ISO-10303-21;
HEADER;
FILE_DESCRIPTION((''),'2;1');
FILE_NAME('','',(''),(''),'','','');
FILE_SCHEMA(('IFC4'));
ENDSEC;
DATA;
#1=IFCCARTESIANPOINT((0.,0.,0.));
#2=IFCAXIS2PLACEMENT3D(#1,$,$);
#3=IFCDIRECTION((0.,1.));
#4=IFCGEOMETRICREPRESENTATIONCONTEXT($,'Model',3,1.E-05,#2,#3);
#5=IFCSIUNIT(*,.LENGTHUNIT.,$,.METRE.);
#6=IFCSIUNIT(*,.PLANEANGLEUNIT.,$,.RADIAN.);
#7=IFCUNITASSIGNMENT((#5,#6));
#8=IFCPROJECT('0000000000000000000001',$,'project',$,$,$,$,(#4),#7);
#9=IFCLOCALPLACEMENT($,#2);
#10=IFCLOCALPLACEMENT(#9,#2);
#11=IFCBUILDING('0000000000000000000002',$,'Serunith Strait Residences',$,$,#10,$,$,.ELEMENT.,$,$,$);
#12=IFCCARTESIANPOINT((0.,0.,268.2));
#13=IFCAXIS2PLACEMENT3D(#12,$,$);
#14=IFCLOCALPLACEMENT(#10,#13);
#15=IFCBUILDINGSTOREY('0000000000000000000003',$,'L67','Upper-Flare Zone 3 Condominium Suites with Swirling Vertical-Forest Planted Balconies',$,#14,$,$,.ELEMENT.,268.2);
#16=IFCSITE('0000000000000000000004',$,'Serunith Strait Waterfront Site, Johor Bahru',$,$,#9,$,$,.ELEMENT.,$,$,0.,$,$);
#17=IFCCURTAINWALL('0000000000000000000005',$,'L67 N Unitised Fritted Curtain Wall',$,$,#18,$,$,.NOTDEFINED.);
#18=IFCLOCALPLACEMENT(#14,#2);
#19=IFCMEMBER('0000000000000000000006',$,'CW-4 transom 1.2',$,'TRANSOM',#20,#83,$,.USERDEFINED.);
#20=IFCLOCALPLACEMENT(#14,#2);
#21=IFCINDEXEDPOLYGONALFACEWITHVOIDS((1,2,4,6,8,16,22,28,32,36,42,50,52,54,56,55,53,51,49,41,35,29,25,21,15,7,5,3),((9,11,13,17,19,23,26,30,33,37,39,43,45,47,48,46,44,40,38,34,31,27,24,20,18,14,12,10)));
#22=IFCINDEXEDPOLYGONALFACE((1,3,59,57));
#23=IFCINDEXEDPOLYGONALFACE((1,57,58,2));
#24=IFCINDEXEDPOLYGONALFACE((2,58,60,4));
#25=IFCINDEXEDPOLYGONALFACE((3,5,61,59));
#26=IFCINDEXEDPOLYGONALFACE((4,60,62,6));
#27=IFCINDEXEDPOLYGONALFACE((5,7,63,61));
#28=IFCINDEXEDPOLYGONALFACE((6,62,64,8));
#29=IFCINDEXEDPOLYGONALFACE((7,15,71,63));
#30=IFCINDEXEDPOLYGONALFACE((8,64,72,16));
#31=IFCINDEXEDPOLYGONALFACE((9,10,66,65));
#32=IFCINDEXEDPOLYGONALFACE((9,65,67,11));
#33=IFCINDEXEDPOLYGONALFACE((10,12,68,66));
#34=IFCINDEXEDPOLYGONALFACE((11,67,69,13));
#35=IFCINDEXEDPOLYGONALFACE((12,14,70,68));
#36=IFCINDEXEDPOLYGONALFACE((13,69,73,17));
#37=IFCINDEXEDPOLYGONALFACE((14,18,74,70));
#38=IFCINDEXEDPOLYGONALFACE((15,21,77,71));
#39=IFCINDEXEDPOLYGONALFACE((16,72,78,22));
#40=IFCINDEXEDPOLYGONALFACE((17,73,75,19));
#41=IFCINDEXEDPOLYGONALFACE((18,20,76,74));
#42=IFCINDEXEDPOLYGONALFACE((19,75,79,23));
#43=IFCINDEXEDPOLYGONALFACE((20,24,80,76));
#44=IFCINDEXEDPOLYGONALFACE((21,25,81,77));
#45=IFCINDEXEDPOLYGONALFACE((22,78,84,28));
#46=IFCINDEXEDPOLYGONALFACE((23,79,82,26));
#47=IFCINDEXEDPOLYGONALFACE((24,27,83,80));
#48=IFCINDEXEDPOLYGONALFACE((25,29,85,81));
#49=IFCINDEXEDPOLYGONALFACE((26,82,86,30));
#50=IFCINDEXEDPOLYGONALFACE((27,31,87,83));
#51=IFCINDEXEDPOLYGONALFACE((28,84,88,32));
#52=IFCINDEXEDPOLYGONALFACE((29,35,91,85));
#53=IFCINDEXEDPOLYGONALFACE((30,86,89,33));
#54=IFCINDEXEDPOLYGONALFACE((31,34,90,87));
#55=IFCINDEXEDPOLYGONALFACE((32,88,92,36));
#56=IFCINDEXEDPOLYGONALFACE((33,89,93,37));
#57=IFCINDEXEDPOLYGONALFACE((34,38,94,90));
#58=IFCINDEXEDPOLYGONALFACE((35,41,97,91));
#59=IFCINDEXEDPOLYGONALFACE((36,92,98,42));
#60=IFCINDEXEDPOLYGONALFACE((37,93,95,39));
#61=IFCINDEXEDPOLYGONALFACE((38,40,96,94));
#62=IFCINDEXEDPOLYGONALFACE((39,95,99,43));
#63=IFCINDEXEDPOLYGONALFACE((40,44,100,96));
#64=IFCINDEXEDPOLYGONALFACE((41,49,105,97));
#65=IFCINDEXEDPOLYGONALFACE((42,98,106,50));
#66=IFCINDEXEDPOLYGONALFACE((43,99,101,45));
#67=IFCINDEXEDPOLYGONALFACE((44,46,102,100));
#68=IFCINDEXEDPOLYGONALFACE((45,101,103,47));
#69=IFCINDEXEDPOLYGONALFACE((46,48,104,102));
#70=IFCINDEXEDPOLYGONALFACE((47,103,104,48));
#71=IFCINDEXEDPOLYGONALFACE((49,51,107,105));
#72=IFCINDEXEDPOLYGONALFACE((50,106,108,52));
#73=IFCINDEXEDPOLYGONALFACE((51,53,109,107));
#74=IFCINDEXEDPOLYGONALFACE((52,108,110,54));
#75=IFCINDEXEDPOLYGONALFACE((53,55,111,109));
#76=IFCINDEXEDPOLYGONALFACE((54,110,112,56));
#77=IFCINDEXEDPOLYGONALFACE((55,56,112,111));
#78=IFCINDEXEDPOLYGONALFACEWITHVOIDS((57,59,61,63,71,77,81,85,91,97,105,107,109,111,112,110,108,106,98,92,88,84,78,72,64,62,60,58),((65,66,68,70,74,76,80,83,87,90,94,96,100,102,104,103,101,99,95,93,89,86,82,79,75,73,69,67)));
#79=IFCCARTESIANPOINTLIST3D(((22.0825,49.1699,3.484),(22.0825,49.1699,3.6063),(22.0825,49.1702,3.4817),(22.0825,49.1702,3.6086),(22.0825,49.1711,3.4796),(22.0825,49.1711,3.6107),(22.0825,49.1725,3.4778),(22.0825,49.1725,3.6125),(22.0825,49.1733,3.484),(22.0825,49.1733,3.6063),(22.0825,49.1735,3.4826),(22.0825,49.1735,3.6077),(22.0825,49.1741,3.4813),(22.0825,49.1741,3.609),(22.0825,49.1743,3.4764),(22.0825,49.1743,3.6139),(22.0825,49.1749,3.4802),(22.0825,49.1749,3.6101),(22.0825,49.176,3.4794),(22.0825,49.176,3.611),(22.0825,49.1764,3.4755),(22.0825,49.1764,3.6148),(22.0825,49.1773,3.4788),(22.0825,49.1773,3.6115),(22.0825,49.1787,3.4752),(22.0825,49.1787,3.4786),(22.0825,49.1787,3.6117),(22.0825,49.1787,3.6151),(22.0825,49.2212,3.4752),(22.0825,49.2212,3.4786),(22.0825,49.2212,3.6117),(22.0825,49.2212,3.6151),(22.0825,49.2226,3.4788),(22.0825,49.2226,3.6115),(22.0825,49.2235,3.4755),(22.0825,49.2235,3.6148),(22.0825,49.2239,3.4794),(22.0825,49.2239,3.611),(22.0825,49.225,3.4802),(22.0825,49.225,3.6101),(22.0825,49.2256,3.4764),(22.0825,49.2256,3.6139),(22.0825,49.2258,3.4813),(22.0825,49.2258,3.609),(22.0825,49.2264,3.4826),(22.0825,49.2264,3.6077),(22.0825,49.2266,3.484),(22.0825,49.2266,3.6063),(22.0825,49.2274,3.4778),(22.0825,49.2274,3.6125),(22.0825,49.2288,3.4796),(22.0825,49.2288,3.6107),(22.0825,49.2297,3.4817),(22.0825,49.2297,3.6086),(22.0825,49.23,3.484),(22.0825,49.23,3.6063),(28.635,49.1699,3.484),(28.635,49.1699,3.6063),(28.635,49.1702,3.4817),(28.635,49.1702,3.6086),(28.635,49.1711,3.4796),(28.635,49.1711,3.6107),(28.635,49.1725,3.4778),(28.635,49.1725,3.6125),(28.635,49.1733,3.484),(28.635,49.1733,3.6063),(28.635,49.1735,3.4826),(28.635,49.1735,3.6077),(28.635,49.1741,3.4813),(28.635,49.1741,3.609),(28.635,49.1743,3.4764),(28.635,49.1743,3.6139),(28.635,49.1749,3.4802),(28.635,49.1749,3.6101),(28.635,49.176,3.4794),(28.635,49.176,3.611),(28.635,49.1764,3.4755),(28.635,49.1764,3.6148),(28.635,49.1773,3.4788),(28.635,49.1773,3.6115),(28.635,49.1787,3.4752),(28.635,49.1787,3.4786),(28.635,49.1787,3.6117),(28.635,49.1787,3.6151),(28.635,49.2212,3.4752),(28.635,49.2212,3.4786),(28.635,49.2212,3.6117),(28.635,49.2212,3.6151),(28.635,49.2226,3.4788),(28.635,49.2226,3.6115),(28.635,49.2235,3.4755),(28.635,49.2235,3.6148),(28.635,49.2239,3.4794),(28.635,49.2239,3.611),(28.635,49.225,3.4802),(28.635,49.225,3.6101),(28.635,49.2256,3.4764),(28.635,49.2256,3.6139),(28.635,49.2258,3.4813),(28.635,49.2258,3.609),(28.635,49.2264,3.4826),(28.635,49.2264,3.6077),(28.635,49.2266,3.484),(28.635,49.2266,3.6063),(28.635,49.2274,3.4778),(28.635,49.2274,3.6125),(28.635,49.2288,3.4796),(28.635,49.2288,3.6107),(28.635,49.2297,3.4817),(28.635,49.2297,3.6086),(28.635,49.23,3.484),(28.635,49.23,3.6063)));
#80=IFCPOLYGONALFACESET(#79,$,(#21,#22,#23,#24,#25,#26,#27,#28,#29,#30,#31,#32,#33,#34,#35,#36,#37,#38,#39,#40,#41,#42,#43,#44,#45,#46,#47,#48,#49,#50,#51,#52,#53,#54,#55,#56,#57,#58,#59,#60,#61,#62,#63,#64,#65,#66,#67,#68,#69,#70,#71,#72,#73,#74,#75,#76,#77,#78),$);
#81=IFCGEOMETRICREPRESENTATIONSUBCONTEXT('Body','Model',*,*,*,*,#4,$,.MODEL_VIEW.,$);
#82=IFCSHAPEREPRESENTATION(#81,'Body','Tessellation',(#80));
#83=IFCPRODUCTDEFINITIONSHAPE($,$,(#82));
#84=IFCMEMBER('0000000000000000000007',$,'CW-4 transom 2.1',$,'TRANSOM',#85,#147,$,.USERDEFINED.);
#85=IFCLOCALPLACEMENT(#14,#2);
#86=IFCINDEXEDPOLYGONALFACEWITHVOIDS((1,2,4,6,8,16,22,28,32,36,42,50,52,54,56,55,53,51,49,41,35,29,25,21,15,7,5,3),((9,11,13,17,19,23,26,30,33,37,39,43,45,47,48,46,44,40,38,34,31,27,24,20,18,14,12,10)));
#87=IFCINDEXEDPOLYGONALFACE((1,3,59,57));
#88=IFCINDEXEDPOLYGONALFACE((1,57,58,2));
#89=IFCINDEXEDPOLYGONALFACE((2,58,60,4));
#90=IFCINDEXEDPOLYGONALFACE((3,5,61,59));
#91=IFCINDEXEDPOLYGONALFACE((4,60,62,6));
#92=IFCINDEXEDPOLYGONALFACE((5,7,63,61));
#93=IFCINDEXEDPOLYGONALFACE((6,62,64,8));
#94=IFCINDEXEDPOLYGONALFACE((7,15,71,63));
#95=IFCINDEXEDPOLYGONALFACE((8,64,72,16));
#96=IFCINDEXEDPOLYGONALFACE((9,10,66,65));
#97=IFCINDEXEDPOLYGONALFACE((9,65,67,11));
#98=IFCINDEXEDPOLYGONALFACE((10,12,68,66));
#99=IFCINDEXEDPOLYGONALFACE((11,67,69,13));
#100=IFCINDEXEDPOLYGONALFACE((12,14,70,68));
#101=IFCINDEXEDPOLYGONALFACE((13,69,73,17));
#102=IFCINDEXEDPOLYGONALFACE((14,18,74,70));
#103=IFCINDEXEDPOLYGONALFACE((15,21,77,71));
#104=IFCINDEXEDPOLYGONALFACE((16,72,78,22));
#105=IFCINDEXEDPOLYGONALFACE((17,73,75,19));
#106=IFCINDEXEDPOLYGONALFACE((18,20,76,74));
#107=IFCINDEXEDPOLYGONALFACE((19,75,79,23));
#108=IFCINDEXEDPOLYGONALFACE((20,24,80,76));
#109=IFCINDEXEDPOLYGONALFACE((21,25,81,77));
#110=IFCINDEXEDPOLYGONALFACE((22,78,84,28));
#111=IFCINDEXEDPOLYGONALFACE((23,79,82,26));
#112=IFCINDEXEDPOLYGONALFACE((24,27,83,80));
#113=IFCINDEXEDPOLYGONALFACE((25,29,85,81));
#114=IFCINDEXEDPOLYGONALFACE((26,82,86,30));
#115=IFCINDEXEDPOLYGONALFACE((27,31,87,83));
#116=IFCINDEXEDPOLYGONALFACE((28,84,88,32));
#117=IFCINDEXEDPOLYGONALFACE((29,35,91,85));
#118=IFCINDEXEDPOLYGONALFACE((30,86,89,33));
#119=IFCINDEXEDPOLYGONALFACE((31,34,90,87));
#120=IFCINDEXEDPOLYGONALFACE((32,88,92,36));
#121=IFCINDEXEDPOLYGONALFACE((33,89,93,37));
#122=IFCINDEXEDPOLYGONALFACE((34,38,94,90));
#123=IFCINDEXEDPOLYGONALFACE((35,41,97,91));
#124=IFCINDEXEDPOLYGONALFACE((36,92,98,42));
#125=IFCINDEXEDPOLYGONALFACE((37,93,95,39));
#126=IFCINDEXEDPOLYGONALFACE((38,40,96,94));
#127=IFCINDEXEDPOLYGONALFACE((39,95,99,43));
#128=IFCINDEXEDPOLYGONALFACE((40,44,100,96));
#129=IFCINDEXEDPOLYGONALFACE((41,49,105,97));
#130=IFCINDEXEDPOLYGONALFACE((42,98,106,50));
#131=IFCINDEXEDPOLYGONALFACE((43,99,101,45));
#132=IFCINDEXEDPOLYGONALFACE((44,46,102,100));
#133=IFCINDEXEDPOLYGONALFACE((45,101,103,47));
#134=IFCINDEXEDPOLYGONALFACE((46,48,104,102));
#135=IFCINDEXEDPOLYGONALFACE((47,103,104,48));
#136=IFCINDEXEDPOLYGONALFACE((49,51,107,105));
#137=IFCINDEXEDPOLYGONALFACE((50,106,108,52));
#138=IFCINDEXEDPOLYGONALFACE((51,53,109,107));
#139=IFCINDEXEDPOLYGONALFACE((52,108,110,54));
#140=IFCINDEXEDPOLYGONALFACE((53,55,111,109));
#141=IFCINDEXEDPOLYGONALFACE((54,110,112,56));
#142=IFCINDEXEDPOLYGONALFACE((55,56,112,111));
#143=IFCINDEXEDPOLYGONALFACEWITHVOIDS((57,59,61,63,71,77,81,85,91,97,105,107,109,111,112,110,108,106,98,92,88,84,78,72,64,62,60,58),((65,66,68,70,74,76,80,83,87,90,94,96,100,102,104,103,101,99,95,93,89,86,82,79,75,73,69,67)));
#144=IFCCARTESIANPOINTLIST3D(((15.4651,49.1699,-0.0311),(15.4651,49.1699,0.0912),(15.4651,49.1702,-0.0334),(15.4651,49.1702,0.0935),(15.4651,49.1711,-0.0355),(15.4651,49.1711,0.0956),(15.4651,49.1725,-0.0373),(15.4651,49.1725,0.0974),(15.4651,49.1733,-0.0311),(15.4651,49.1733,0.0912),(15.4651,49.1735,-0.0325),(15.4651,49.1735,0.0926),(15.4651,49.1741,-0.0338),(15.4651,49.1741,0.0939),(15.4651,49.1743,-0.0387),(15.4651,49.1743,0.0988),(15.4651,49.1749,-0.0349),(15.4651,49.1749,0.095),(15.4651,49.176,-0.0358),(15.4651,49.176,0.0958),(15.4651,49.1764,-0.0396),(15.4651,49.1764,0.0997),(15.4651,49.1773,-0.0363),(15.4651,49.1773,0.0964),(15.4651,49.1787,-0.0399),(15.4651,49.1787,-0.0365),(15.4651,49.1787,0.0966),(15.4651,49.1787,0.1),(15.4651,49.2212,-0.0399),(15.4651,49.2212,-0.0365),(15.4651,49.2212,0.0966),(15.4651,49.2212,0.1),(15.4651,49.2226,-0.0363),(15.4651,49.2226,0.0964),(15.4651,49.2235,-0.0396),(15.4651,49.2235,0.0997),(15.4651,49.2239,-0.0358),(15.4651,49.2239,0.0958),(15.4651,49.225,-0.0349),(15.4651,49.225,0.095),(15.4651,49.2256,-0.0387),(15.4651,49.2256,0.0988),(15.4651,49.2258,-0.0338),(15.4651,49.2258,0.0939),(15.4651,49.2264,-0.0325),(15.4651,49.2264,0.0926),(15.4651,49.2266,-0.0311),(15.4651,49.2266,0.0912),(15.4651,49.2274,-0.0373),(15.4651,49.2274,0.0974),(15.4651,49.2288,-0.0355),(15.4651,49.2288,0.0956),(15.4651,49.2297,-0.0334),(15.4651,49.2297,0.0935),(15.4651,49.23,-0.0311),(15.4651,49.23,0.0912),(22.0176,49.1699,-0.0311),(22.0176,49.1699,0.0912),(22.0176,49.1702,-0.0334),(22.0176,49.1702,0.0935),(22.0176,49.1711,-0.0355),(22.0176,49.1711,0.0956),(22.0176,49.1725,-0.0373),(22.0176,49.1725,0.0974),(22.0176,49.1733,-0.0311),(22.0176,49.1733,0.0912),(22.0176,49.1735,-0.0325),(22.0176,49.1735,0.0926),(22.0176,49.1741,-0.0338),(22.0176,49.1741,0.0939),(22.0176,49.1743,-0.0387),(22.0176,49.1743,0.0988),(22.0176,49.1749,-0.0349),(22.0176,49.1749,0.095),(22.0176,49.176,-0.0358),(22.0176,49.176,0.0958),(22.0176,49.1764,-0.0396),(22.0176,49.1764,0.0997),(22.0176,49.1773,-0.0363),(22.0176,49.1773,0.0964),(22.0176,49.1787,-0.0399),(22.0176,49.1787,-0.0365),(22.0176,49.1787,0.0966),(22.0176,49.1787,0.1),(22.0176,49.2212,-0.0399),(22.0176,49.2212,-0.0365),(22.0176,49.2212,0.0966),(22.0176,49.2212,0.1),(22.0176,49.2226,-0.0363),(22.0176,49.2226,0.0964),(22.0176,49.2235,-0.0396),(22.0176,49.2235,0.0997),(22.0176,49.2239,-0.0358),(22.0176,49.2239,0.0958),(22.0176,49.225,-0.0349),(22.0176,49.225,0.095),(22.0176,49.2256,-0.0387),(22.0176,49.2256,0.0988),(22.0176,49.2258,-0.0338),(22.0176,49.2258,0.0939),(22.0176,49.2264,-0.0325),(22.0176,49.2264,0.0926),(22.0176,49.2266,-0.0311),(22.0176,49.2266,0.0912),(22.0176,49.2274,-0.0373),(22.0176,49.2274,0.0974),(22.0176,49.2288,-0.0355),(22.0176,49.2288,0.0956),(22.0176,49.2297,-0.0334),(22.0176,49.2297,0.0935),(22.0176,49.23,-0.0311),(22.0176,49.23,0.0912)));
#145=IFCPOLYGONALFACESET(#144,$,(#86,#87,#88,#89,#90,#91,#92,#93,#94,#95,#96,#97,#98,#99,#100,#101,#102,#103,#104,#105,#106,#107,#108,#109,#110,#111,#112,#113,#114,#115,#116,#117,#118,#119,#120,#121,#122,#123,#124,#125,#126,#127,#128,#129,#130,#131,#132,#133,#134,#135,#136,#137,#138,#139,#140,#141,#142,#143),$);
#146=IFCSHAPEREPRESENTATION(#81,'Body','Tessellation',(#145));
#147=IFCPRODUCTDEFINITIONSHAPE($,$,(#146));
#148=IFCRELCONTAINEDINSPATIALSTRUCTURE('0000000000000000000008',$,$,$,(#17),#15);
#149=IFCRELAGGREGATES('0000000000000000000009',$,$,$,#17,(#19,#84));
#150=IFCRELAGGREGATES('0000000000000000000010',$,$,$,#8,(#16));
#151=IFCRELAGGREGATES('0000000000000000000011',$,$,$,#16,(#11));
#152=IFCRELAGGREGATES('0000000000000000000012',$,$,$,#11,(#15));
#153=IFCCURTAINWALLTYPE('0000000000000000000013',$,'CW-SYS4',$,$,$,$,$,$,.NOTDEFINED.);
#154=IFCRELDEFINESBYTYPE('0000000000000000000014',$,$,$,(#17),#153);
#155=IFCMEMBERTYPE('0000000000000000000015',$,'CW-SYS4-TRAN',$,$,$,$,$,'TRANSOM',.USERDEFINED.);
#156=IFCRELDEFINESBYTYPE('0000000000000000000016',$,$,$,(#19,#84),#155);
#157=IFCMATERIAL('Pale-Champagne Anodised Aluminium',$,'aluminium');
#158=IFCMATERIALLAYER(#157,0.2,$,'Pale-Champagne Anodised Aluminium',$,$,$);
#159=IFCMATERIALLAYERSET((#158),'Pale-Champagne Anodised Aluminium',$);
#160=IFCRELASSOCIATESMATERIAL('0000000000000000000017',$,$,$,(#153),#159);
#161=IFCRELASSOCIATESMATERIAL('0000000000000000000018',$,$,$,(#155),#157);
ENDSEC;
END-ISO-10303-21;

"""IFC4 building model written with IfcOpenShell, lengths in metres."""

from ifc_helpers import new_model, si_unit, direction, frame, origin, origin_2d, place, context, subcontext, project, spatial, hollow_rectangle, extrude, source, transform, mapped, material, layer, layer_set, material_profile, profile_set, type_object, element, aggregate, save


model = new_model("IFC4")

# Units and contexts
model_context = context("Model", 3, precision=1e-05, world=origin(), true_north=direction((0.0, 1.0)))
body_context = subcontext(model_context, "Body", "Model", "MODEL_VIEW")
ifc_project = project(units=[si_unit("LENGTHUNIT", "METRE"), si_unit("PLANEANGLEUNIT", "RADIAN")], contexts=[model_context])

# Site, building, storey
site_placement = place(None, origin())
site = spatial("IfcSite", under=ifc_project, at=site_placement, Name="Serunith Strait Waterfront Site, Johor Bahru", CompositionType="ELEMENT", RefElevation=0.0)
building_placement = place(site_placement, origin())
building = spatial("IfcBuilding", under=site, at=building_placement, Name="Serunith Strait Residences", CompositionType="ELEMENT")
storey_placement = place(building_placement, frame((0.0, 0.0, 268.2)))
storey = spatial("IfcBuildingStorey", under=building, at=storey_placement, Name="L67", Description="Upper-Flare Zone 3 Condominium Suites with Swirling Vertical-Forest Planted Balconies", CompositionType="ELEMENT", Elevation=268.2)

# Shared definitions
ifc_material_1 = material(Name="Pale-Champagne Anodised Aluminium", Category="aluminium")
ifc_layer_1 = layer(ifc_material_1, 0.2, Name="Pale-Champagne Anodised Aluminium")
ifc_layer_set_1 = layer_set([ifc_layer_1], Name="Pale-Champagne Anodised Aluminium")
curtain_wall_type = type_object("IfcCurtainWallType", Name="CW-SYS4", PredefinedType="NOTDEFINED", material=ifc_layer_set_1)

# Curtain wall, members
curtain_wall_1_placement = place(storey_placement, origin())
curtain_wall_1 = element("IfcCurtainWall", 1, at=curtain_wall_1_placement, inside=storey, type_object=curtain_wall_type, Name="L67 N Unitised Fritted Curtain Wall", PredefinedType="NOTDEFINED")
ifc_material_profile_1 = material_profile(ifc_material_1, hollow_rectangle(XDim=0.0601, YDim=0.1399, WallThickness=0.0034, InnerFilletRadius=0.0054, OuterFilletRadius=0.0088, at=origin_2d()), Name="ALU 140x60x3.5")
ifc_profile_set_1 = profile_set([ifc_material_profile_1], Name="Pale-Champagne Anodised Aluminium")
member_type_1 = type_object("IfcMemberType", Name="CW-SYS4-TRAN", ElementType="TRANSOM", PredefinedType="USERDEFINED", material=ifc_profile_set_1)
shared_shape_1 = source(origin(), body_context, "Body", "SweptSolid", [
    extrude(hollow_rectangle(XDim=0.0601, YDim=0.1399, WallThickness=0.0034, InnerFilletRadius=0.0054, OuterFilletRadius=0.0088, at=origin_2d()), origin(), (0.0, 0.0, 1.0), 6.5525),
])
member_1_placement = place(storey_placement, frame((28.635, 49.2, 3.5452), z_axis=(-1.0, 0.0, 0.0), x_axis=(0.0, -1.0, 0.0)))
member_1 = element("IfcMember", 2, at=member_1_placement, type_object=member_type_1, Name="CW-4 transom 1.2", ObjectType="TRANSOM", PredefinedType="USERDEFINED", context=body_context, shape_type="MappedRepresentation", body=[
    mapped(shared_shape_1, transform((0.0, 0.0, 0.0), scale=1.0)),
])
member_2_placement = place(storey_placement, frame((22.0176, 49.2, 0.03), z_axis=(-1.0, 0.0, 0.0), x_axis=(0.0, -1.0, 0.0)))
member_2 = element("IfcMember", 3, at=member_2_placement, type_object=member_type_1, Name="CW-4 transom 2.1", ObjectType="TRANSOM", PredefinedType="USERDEFINED", context=body_context, shape_type="MappedRepresentation", body=[
    mapped(shared_shape_1, transform((0.0, 0.0, 0.0), scale=1.0)),
])
aggregate(curtain_wall_1, [member_1, member_2])

save(model, "model.ifc")
